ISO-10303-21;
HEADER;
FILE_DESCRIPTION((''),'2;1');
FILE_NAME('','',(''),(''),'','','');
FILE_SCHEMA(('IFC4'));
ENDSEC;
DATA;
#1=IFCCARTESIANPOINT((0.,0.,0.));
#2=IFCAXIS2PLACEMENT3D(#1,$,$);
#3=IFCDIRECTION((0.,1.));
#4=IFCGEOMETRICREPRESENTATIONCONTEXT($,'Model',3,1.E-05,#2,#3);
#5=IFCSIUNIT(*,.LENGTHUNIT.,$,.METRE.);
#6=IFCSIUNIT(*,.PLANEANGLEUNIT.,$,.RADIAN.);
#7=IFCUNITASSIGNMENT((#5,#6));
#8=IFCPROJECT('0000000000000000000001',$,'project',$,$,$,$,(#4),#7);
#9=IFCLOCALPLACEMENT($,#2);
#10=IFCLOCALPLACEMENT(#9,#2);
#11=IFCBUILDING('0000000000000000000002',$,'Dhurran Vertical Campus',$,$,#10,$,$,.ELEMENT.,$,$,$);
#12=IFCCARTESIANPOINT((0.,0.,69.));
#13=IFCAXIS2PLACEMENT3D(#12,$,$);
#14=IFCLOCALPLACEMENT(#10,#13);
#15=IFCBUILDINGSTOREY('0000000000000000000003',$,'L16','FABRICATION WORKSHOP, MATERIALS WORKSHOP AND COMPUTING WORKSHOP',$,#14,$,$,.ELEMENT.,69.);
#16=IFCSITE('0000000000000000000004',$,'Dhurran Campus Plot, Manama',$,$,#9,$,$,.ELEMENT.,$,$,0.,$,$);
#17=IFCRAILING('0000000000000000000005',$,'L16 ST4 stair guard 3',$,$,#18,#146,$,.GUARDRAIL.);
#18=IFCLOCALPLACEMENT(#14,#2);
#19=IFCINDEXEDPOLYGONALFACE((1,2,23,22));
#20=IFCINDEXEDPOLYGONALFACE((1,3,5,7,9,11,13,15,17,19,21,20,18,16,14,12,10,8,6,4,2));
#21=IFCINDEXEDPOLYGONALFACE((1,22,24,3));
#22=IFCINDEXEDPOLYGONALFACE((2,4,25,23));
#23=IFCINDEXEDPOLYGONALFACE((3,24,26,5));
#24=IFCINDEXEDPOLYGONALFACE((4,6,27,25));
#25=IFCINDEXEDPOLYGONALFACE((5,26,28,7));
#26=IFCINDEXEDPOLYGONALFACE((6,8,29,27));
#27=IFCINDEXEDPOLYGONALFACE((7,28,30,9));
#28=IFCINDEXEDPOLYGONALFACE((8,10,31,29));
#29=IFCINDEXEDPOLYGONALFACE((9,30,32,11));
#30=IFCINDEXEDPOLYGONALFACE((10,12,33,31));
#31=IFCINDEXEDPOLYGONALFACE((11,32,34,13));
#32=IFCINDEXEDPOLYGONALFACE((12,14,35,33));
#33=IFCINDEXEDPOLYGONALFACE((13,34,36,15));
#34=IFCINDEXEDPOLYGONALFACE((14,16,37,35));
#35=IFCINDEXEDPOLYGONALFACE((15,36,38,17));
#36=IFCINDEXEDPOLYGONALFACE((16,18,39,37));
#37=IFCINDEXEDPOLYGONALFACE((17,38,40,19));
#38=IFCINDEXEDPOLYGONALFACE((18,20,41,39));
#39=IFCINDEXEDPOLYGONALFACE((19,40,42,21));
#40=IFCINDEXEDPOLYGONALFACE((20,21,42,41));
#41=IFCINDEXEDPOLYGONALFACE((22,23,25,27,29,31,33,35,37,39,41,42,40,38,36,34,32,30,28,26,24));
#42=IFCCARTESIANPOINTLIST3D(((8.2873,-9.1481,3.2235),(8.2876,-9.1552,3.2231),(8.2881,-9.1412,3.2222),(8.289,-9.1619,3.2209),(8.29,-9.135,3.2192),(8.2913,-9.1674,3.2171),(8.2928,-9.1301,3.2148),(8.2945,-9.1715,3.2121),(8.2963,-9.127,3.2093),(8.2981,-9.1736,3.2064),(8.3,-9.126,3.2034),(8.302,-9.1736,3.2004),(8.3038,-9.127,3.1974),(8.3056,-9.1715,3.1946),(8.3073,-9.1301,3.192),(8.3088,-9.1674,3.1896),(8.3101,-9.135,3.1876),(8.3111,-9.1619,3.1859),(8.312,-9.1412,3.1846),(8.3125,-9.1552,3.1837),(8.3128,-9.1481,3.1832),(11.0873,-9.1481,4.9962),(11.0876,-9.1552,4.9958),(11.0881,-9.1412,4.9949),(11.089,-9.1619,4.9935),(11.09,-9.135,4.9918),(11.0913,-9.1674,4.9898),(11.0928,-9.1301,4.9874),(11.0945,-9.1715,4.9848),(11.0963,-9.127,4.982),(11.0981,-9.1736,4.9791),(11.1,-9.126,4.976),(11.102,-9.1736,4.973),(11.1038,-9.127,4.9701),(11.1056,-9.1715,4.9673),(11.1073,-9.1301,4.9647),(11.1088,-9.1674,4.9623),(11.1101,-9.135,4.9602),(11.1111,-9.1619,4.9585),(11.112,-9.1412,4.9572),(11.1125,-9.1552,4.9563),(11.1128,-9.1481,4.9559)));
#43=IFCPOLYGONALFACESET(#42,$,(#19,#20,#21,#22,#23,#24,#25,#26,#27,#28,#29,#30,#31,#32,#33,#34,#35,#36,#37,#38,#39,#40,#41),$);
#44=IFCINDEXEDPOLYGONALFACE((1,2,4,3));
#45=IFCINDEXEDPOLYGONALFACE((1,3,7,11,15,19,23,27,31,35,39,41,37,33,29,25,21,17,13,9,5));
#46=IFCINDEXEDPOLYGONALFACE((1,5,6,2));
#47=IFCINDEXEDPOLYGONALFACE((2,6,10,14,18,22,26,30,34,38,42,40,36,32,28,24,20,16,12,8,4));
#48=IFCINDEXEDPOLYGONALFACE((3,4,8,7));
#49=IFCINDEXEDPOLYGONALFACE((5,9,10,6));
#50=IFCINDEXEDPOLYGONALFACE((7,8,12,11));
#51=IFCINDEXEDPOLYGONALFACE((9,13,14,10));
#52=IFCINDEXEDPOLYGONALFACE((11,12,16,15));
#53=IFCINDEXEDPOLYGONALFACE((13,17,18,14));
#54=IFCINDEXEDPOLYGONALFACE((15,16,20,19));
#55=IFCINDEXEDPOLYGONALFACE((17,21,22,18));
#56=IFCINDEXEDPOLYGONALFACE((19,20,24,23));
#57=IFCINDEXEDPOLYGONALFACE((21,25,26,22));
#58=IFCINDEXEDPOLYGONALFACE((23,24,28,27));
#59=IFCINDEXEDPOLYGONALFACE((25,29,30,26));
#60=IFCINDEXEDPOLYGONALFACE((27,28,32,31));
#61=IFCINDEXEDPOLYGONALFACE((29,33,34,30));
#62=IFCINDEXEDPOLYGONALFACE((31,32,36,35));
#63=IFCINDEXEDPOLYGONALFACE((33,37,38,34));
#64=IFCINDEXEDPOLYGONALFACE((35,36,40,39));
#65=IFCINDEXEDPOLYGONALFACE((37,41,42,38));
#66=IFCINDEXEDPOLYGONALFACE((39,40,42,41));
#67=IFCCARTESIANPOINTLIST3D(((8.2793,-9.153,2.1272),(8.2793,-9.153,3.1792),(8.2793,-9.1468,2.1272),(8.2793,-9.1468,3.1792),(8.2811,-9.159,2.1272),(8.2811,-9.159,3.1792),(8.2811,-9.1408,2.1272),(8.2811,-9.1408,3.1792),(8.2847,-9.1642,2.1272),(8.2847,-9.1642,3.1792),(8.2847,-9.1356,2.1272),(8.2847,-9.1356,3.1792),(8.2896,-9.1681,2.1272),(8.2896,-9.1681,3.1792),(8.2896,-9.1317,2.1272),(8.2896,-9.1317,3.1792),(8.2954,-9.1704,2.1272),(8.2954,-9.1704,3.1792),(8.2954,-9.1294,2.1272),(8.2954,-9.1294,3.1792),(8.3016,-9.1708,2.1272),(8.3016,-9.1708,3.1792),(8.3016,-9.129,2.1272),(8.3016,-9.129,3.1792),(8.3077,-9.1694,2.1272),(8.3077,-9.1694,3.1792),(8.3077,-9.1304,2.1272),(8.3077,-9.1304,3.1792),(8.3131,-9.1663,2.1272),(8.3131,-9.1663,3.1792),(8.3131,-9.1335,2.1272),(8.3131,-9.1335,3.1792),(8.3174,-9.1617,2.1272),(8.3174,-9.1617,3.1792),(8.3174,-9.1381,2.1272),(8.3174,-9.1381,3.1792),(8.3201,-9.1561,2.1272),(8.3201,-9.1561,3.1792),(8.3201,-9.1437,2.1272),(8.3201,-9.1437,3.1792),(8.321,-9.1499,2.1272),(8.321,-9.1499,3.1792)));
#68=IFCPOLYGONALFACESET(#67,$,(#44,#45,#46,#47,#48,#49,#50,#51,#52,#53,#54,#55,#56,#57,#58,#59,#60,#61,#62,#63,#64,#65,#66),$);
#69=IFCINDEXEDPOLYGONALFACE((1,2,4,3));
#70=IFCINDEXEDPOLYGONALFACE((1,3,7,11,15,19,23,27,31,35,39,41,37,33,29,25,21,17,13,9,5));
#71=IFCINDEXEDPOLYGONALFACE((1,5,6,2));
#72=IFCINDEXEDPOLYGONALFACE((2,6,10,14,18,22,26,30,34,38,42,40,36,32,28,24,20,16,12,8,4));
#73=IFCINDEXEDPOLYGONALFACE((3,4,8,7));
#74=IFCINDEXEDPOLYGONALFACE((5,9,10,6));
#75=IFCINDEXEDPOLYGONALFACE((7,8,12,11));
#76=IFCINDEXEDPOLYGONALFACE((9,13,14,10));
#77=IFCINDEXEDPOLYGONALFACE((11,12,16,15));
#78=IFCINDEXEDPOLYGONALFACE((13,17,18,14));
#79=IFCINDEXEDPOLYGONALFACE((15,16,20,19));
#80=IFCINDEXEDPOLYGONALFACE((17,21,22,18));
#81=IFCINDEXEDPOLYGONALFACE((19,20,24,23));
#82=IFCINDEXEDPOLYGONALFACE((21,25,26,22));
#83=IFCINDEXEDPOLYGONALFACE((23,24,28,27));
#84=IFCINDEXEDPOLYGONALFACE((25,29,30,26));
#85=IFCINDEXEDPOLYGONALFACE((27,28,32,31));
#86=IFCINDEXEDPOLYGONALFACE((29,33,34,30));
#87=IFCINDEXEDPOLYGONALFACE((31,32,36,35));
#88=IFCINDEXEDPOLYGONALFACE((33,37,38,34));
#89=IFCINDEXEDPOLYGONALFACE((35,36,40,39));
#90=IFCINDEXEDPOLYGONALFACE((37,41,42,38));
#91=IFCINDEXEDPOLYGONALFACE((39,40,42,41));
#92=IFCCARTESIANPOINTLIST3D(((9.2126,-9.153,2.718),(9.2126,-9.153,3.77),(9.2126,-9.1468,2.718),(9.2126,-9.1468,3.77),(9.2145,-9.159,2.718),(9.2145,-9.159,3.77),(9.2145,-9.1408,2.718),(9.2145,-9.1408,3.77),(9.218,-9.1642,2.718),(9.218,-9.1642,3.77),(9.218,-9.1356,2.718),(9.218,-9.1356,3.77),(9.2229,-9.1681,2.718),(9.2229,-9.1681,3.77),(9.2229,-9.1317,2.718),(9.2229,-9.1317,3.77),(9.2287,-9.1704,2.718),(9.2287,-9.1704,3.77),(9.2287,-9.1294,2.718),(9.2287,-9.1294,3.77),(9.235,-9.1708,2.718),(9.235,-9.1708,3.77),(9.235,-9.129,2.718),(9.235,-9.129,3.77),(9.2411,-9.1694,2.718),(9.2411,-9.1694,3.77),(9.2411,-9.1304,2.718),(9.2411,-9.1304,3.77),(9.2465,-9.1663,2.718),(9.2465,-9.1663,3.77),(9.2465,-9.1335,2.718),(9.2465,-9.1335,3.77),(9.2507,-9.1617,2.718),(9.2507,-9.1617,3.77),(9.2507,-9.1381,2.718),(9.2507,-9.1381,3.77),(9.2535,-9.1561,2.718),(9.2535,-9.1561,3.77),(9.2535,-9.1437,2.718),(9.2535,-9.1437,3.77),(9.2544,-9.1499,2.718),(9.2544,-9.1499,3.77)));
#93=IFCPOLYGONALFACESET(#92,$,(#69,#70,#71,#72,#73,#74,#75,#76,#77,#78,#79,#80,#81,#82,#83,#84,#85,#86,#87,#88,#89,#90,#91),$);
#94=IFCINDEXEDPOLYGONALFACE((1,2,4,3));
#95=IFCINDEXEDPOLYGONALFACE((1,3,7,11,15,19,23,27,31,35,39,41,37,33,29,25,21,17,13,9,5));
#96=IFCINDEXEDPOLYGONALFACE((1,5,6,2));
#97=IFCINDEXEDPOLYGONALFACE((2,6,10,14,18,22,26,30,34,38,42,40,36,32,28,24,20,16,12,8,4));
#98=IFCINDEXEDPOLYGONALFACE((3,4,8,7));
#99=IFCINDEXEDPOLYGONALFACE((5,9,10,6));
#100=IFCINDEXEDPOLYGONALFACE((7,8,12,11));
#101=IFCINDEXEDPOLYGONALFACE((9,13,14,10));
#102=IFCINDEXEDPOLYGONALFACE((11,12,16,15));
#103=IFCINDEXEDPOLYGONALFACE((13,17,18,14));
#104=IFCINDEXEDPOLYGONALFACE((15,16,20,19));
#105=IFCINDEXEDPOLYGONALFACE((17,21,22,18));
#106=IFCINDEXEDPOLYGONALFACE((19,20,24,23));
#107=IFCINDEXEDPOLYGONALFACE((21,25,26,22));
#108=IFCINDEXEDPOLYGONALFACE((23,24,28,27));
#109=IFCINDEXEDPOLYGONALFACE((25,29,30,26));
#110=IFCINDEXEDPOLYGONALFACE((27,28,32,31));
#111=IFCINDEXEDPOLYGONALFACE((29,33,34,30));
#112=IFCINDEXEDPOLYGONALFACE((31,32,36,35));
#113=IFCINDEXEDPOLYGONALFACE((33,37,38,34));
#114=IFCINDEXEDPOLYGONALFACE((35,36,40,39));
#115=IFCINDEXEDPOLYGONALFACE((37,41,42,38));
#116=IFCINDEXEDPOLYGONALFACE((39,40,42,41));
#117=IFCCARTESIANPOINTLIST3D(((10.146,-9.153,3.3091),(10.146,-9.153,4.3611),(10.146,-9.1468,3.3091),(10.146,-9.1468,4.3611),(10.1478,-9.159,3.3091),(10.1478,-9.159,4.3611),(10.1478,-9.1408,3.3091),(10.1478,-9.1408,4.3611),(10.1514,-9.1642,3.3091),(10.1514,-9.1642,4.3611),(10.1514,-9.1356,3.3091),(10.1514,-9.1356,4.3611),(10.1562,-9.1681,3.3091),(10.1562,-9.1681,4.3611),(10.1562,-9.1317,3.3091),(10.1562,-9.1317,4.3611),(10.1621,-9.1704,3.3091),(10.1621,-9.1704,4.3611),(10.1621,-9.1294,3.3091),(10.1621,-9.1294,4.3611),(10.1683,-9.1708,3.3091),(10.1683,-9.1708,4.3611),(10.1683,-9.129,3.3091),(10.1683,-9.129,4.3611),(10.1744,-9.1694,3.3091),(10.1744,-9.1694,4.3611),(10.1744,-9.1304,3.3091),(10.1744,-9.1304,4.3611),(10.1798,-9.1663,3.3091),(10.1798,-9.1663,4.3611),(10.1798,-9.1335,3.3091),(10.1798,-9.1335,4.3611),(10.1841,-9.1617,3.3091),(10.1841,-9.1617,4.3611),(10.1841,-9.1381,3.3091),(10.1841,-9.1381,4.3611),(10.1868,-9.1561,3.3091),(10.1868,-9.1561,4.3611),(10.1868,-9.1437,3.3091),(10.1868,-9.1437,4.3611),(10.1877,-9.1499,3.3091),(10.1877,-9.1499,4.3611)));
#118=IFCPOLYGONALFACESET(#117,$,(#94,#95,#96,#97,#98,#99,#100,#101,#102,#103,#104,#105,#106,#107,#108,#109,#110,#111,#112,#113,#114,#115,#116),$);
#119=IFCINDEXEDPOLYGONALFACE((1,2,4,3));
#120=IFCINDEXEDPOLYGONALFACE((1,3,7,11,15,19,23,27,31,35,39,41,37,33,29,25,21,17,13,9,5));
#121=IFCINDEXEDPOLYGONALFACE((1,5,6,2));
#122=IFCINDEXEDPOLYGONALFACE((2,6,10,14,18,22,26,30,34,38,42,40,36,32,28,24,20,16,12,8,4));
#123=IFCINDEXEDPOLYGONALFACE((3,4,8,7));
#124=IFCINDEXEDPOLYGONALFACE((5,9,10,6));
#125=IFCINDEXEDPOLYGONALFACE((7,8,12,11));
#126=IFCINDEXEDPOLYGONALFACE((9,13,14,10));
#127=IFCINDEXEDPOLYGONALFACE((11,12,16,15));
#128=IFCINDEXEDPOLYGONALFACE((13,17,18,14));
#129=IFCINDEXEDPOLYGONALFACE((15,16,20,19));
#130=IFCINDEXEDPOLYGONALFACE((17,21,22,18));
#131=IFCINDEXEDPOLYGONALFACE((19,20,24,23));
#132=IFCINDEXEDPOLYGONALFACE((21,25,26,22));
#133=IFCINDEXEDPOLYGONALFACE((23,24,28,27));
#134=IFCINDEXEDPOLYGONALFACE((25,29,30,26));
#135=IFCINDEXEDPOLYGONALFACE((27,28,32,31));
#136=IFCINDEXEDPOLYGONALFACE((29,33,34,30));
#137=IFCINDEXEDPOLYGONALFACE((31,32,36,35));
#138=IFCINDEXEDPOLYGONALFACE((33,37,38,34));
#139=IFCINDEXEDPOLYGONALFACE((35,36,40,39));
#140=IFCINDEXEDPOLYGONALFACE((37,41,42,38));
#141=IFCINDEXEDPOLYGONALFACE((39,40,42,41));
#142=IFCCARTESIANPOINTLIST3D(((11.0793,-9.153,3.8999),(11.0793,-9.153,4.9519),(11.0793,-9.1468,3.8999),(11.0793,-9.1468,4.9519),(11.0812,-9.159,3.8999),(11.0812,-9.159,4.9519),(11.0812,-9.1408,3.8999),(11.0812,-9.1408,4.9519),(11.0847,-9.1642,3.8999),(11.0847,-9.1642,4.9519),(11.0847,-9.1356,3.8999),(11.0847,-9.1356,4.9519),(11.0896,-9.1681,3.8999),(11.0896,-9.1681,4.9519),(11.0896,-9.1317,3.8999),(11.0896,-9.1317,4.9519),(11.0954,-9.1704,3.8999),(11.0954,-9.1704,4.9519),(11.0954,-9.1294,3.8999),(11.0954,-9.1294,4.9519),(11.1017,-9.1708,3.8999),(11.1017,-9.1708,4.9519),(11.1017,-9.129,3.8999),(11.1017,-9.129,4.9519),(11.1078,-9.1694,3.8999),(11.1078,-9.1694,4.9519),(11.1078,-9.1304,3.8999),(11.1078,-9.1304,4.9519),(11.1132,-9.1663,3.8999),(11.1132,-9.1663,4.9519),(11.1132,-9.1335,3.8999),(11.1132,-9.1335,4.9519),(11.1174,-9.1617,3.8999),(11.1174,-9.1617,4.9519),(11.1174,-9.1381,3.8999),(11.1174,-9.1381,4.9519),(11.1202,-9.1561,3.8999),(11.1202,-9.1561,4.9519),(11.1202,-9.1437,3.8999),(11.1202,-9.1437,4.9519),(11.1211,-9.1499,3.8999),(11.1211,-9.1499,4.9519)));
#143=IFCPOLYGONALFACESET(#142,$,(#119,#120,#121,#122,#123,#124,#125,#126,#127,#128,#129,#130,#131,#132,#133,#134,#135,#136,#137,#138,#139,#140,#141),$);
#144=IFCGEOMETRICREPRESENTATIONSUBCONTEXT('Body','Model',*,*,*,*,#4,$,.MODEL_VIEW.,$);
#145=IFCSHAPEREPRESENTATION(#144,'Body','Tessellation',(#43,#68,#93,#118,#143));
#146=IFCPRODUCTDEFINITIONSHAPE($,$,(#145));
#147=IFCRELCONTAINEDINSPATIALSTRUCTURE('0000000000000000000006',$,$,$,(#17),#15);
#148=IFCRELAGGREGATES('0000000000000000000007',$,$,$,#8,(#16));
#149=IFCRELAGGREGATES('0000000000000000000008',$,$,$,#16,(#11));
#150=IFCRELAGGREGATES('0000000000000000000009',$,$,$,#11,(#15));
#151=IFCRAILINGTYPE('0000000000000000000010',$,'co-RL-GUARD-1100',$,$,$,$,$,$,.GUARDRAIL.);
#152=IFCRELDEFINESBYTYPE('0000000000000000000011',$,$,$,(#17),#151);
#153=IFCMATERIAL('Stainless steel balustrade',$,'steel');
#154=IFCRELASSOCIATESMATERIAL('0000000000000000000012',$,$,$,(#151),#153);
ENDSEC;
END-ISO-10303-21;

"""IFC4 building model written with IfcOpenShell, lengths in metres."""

from ifc_helpers import new_model, si_unit, direction, frame, origin, origin_2d, place, context, subcontext, project, spatial, circle, extrude, material, type_object, element, save


model = new_model("IFC4")

# Units and contexts
model_context = context("Model", 3, precision=1e-05, world=origin(), true_north=direction((0.0, 1.0)))
body_context = subcontext(model_context, "Body", "Model", "MODEL_VIEW")
ifc_project = project(units=[si_unit("LENGTHUNIT", "METRE"), si_unit("PLANEANGLEUNIT", "RADIAN")], contexts=[model_context])

# Site, building, storey
site_placement = place(None, origin())
site = spatial("IfcSite", under=ifc_project, at=site_placement, Name="Dhurran Campus Plot, Manama", CompositionType="ELEMENT", RefElevation=0.0)
building_placement = place(site_placement, origin())
building = spatial("IfcBuilding", under=site, at=building_placement, Name="Dhurran Vertical Campus", CompositionType="ELEMENT")
storey_placement = place(building_placement, frame((0.0, 0.0, 69.0)))
storey = spatial("IfcBuildingStorey", under=building, at=storey_placement, Name="L16", Description="FABRICATION WORKSHOP, MATERIALS WORKSHOP AND COMPUTING WORKSHOP", CompositionType="ELEMENT", Elevation=69.0)

# Railing
ifc_material_1 = material(Name="Stainless steel balustrade", Category="steel")
railing_type_1 = type_object("IfcRailingType", Name="co-RL-GUARD-1100", PredefinedType="GUARDRAIL", material=ifc_material_1)
railing_1_placement = place(storey_placement, frame((8.3, -9.1499, 2.1272)))
element("IfcRailing", 1, at=railing_1_placement, inside=storey, type_object=railing_type_1, Name="L16 ST4 stair guard 3", PredefinedType="GUARDRAIL", context=body_context, shape_type="SweptSolid", body=[
    extrude(circle(Radius=0.0239, at=origin_2d()), frame((0.0, 0.0, 1.0762), z_axis=(0.844909, 0.0, 0.53491), x_axis=(0.0, 1.0, 0.0)), (0.0, 0.0, 1.0), 3.314),
    extrude(circle(Radius=0.021, at=origin_2d()), origin(), (0.0, 0.0, 1.0), 1.052),
    extrude(circle(Radius=0.021, at=origin_2d()), frame((0.9333, 0.0, 0.5908)), (0.0, 0.0, 1.0), 1.052),
    extrude(circle(Radius=0.021, at=origin_2d()), frame((1.8667, 0.0, 1.1819)), (0.0, 0.0, 1.0), 1.052),
    extrude(circle(Radius=0.021, at=origin_2d()), frame((2.8, 0.0, 1.7727)), (0.0, 0.0, 1.0), 1.052),
])

save(model, "model.ifc")
